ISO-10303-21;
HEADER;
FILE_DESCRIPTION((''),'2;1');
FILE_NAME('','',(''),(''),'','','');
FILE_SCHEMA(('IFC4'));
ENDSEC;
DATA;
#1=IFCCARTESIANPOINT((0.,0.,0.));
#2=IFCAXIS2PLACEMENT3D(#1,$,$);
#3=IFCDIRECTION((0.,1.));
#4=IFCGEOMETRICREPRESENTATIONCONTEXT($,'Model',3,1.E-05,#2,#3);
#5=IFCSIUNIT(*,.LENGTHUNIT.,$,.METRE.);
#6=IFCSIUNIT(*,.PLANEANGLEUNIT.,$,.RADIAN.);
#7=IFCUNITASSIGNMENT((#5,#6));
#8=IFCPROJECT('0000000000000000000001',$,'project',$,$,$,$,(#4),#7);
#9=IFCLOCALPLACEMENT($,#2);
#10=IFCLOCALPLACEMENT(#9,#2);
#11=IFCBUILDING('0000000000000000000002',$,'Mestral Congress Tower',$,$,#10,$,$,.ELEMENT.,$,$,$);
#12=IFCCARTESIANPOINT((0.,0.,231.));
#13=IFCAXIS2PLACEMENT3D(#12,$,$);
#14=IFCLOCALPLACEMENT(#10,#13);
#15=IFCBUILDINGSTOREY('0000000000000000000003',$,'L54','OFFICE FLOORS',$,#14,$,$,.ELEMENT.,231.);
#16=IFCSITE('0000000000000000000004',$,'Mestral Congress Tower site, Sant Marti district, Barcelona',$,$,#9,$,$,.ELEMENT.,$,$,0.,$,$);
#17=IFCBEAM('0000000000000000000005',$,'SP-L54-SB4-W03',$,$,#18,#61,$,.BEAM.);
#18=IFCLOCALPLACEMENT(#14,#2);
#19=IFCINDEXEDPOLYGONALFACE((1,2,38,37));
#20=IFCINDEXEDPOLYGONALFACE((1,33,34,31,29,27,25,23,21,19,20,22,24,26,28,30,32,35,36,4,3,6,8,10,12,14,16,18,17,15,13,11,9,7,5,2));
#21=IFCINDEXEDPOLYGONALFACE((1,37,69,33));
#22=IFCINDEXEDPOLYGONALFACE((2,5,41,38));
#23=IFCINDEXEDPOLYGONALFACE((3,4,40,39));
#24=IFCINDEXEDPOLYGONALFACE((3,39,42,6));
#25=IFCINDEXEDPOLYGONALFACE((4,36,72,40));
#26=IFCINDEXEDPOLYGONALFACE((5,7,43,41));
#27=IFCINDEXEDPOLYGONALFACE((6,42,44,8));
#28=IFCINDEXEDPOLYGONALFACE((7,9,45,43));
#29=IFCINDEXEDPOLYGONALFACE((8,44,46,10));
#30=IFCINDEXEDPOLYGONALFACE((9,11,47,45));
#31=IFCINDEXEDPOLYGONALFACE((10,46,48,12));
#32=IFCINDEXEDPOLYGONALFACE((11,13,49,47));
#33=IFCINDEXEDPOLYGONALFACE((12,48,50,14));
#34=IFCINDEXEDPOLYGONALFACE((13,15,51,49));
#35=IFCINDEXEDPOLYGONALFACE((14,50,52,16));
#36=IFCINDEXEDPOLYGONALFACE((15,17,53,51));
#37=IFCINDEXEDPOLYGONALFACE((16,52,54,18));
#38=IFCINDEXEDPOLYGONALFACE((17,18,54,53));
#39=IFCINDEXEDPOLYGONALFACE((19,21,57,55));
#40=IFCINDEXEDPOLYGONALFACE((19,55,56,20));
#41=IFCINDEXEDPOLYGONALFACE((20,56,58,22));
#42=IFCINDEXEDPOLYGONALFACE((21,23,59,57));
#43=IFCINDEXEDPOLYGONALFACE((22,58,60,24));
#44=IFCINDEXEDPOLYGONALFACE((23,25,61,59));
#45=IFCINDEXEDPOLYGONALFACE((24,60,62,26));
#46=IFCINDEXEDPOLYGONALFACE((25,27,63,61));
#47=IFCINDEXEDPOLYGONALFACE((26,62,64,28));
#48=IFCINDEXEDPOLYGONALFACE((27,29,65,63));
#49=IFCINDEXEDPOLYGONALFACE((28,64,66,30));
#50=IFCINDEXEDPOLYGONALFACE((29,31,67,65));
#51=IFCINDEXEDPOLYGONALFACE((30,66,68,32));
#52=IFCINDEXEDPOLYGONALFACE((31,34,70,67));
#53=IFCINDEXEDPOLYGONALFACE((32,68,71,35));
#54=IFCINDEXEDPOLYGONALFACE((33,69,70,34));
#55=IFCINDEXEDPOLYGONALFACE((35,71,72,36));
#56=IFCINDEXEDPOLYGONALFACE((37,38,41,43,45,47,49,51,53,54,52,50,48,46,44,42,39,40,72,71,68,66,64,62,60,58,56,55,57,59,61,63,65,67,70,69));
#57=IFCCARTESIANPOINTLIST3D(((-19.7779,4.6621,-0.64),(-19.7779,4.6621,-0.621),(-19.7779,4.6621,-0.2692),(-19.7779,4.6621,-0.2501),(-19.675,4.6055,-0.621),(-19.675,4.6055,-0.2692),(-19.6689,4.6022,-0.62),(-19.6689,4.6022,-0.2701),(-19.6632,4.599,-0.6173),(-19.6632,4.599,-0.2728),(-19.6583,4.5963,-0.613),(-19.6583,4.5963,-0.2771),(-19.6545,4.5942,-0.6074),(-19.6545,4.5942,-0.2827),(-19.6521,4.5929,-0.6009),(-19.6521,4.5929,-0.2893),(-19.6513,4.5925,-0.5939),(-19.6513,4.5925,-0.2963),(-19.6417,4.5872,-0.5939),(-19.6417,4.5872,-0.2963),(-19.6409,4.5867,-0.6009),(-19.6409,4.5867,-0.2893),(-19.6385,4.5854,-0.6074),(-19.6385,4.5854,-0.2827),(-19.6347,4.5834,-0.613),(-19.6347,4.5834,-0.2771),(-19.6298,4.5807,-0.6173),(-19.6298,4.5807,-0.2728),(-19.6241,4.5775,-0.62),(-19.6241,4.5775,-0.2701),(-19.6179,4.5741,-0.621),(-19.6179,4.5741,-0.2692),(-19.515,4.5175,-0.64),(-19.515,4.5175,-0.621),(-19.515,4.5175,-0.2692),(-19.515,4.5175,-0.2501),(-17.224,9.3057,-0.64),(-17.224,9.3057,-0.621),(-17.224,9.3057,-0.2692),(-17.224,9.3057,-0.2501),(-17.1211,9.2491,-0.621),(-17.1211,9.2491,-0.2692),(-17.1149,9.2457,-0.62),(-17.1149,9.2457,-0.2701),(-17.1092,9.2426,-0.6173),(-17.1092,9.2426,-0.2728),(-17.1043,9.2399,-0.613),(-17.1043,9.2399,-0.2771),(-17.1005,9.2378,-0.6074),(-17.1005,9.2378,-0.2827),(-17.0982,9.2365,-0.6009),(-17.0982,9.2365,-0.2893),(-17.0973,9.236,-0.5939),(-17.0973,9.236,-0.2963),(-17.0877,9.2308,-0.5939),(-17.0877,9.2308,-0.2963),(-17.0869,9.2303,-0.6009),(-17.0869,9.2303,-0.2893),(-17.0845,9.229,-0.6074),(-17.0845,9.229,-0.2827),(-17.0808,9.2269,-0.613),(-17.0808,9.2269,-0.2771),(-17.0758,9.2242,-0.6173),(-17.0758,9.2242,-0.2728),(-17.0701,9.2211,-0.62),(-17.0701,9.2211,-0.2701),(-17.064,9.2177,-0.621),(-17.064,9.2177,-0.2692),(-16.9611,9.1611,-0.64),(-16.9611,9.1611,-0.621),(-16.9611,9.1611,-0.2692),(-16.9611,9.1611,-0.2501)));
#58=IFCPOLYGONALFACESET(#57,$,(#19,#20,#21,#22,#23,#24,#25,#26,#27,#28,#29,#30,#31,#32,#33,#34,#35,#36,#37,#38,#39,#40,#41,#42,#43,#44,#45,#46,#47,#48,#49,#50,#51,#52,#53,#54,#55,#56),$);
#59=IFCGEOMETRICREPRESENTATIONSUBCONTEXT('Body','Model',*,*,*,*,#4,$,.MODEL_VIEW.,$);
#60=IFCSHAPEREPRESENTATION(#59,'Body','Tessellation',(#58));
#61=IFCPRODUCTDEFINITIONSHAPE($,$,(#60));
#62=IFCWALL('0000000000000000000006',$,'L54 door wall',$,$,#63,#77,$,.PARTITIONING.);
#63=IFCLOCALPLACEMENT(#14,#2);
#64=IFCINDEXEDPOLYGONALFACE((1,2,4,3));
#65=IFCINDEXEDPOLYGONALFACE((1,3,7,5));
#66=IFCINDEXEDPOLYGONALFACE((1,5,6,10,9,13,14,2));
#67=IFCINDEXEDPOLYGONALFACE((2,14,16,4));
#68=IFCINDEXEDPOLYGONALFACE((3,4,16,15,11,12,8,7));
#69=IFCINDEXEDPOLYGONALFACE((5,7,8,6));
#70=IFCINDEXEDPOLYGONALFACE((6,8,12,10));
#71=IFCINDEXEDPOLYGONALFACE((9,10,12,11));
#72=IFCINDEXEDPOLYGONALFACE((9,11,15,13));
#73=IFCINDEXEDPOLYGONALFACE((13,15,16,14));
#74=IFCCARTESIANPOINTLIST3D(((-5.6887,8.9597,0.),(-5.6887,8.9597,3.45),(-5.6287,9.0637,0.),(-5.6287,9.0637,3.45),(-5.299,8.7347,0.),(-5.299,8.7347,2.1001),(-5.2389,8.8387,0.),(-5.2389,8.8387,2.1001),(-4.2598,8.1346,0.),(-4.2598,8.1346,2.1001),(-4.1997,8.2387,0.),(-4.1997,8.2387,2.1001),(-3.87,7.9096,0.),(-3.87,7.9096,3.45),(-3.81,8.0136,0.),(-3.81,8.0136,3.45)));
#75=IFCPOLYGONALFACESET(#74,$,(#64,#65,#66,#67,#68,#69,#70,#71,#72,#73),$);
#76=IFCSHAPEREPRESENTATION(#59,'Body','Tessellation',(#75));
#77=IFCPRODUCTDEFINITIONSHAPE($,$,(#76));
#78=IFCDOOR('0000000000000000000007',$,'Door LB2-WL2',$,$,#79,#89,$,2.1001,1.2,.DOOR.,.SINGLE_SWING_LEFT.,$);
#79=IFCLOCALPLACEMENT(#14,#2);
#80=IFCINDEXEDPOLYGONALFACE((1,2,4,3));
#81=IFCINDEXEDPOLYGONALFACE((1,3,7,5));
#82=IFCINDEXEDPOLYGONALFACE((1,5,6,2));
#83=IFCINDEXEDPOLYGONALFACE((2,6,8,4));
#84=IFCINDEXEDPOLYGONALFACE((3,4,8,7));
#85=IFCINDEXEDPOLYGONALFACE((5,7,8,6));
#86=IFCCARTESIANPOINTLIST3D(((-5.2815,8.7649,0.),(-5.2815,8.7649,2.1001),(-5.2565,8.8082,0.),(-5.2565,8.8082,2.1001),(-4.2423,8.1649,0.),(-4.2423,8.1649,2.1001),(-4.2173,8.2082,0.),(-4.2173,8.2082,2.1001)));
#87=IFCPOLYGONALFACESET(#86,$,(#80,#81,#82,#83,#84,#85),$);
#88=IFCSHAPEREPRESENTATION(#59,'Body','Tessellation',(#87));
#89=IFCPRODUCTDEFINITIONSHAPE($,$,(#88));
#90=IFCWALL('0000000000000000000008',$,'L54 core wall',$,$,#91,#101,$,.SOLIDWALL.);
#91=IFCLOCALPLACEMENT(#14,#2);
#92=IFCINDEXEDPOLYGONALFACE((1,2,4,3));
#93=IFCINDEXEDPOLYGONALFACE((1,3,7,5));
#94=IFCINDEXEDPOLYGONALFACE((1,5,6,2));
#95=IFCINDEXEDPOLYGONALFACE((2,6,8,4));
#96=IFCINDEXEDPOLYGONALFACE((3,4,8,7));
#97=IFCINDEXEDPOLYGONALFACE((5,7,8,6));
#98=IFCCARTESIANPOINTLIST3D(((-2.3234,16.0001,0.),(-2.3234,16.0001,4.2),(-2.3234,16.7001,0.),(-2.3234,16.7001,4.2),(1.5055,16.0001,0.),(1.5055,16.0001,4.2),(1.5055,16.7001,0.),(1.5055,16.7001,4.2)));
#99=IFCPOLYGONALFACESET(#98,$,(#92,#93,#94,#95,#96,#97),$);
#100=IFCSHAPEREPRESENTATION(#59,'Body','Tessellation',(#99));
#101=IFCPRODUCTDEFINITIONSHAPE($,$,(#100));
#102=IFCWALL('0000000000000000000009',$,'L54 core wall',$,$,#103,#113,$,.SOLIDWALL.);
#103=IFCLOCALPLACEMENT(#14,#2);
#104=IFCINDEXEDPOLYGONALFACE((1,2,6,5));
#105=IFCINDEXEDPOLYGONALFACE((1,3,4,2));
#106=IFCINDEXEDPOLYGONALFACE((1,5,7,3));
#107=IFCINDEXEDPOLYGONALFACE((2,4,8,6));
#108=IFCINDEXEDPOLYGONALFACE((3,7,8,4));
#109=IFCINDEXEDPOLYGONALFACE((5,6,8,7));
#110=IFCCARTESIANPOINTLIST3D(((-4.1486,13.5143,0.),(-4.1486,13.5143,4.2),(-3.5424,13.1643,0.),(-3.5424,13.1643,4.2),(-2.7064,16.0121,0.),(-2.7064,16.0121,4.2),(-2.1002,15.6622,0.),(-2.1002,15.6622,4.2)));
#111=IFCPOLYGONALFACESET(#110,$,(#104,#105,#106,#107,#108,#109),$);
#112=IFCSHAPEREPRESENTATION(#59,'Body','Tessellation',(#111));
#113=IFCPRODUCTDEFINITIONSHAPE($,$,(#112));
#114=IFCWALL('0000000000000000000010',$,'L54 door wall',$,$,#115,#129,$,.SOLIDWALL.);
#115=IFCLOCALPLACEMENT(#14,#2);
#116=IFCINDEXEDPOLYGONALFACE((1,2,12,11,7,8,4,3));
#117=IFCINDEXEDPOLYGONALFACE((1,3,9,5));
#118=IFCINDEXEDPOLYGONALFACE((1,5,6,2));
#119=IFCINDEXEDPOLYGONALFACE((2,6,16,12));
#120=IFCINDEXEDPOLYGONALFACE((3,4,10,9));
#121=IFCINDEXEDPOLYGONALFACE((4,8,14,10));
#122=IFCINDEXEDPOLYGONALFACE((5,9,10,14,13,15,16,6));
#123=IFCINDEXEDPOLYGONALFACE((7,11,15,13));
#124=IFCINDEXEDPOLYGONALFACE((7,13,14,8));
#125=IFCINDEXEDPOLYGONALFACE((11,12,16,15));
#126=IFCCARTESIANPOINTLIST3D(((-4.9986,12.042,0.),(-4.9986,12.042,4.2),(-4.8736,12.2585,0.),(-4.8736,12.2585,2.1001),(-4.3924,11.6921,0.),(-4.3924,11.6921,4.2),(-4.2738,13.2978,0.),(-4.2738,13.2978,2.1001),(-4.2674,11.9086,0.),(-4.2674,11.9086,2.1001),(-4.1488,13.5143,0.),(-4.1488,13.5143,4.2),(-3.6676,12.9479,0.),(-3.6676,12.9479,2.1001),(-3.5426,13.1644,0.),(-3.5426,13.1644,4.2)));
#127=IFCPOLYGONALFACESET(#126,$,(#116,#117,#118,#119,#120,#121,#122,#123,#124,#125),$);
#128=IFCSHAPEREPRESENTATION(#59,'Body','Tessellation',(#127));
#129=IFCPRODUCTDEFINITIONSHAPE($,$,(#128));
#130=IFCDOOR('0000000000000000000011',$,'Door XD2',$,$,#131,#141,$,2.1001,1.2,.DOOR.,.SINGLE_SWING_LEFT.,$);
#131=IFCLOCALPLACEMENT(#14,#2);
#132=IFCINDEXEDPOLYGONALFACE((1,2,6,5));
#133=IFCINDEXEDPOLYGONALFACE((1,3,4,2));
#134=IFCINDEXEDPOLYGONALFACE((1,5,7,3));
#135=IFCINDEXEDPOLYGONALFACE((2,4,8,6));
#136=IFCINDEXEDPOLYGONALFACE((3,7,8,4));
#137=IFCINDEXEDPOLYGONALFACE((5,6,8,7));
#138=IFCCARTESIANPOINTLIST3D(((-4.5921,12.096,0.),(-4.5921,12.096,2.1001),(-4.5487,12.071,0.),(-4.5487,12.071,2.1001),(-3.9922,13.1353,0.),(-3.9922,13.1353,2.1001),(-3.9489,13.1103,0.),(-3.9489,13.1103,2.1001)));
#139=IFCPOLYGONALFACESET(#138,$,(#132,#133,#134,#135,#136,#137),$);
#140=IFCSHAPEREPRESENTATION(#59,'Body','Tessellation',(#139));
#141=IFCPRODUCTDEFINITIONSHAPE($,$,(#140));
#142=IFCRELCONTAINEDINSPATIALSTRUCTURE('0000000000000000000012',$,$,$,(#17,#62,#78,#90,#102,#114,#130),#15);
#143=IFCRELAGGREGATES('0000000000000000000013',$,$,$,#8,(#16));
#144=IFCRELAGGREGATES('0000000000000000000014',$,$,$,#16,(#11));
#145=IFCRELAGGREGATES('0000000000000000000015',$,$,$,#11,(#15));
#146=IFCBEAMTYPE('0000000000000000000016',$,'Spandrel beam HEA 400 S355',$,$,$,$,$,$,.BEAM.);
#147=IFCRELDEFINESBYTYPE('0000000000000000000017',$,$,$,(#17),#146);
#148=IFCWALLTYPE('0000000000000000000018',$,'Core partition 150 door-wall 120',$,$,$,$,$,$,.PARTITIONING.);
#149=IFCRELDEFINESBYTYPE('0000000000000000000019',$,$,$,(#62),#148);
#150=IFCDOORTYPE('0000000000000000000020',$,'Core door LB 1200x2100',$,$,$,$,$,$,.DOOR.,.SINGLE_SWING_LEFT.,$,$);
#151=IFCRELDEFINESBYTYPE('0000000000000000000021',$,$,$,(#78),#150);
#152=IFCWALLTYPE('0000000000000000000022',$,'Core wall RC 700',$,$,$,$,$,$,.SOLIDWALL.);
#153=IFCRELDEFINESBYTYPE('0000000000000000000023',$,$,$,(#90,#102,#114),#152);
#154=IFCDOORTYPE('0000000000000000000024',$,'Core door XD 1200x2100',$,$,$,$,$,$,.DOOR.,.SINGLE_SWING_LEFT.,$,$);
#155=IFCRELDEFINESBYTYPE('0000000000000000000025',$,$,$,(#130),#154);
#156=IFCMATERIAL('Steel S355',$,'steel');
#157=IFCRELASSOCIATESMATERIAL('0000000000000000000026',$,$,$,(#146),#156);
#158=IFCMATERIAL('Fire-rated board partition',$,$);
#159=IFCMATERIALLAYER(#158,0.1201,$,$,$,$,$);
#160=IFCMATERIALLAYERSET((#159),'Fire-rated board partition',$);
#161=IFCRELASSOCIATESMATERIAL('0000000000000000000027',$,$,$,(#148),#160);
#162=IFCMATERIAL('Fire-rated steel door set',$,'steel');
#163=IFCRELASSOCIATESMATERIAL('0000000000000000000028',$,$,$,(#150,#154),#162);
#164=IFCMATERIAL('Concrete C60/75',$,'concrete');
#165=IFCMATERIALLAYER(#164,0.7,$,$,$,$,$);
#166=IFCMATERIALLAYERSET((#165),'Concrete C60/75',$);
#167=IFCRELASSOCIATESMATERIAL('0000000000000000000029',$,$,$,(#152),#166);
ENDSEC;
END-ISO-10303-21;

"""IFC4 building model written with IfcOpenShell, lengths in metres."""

from ifc_helpers import new_model, si_unit, direction, frame, frame_2d, origin, origin_2d, place, context, subcontext, project, spatial, rectangle, i_section, extrude, material, layer, layer_set, material_profile, profile_set, type_object, element, fill, save


model = new_model("IFC4")

# Units and contexts
model_context = context("Model", 3, precision=1e-05, world=origin(), true_north=direction((0.0, 1.0)))
body_context = subcontext(model_context, "Body", "Model", "MODEL_VIEW")
ifc_project = project(units=[si_unit("LENGTHUNIT", "METRE"), si_unit("PLANEANGLEUNIT", "RADIAN")], contexts=[model_context])

# Site, building, storey
site_placement = place(None, origin())
site = spatial("IfcSite", under=ifc_project, at=site_placement, Name="Mestral Congress Tower site, Sant Marti district, Barcelona", CompositionType="ELEMENT", RefElevation=0.0)
building_placement = place(site_placement, origin())
building = spatial("IfcBuilding", under=site, at=building_placement, Name="Mestral Congress Tower", CompositionType="ELEMENT")
storey_placement = place(building_placement, frame((0.0, 0.0, 231.0)))
storey = spatial("IfcBuildingStorey", under=building, at=storey_placement, Name="L54", Description="OFFICE FLOORS", CompositionType="ELEMENT", Elevation=231.0)

# Shared definitions
ifc_material_1 = material(Name="Concrete C60/75", Category="concrete")

# Beam
ifc_material_2 = material(Name="Steel S355", Category="steel")
ifc_material_profile_1 = material_profile(ifc_material_2, i_section(OverallWidth=0.3, OverallDepth=0.3899, WebThickness=0.011, FlangeThickness=0.019, FilletRadius=0.0271, at=origin_2d()), Name="HEA 400")
ifc_profile_set_1 = profile_set([ifc_material_profile_1], Name="Steel S355")
beam_type_1 = type_object("IfcBeamType", Name="Spandrel beam HEA 400 S355", PredefinedType="BEAM", material=ifc_profile_set_1)
beam_1_placement = place(storey_placement, frame((-17.0925, 9.2334, -0.4451), z_axis=(-0.481919, -0.876216, 0.0), x_axis=(0.876216, -0.481919, 0.0)))
element("IfcBeam", 1, at=beam_1_placement, inside=storey, type_object=beam_type_1, Name="SP-L54-SB4-W03", PredefinedType="BEAM", context=body_context, shape_type="SweptSolid", body=[
    extrude(i_section(OverallWidth=0.3, OverallDepth=0.3899, WebThickness=0.011, FlangeThickness=0.019, FilletRadius=0.0271, at=origin_2d()), origin(), (0.0, 0.0, 1.0), 5.2996),
])

# Wall, opening, door
ifc_material_3 = material(Name="Fire-rated board partition")
ifc_layer_1 = layer(ifc_material_3, 0.1201)
ifc_layer_set_1 = layer_set([ifc_layer_1], Name="Fire-rated board partition")
wall_type_1 = type_object("IfcWallType", Name="Core partition 150 door-wall 120", PredefinedType="PARTITIONING", material=ifc_layer_set_1)
wall_1_placement = place(storey_placement, frame((-5.6587, 9.0117, 0.0), z_axis=(0.0, 0.0, 1.0), x_axis=(0.866009, -0.500028, 0.0)))
wall_1 = element("IfcWall", 2, at=wall_1_placement, inside=storey, type_object=wall_type_1, Name="L54 door wall", PredefinedType="PARTITIONING", context=body_context, shape_type="SweptSolid", body=[
    extrude(rectangle(XDim=2.1001, YDim=0.1201, at=frame_2d((1.05, 0.0))), origin(), (0.0, 0.0, 1.0), 3.45),
])
opening_1_placement = place(wall_1_placement, frame((0.45, 0.0, 0.0)))
opening_1 = element("IfcOpeningElement", 3, at=opening_1_placement, cuts=wall_1, PredefinedType="OPENING", context=body_context, shape_type="SweptSolid", body=[
    extrude(rectangle(XDim=1.2, YDim=2.1001, at=frame_2d((0.6001, 1.05))), frame((0.0, 0.0701, 0.0), z_axis=(0.0, -1.0, 0.0), x_axis=(1.0, 0.0, 0.0)), (0.0, 0.0, 1.0), 0.1401),
])
ifc_material_4 = material(Name="Fire-rated steel door set", Category="steel")
door_type_1 = type_object("IfcDoorType", Name="Core door LB 1200x2100", OperationType="SINGLE_SWING_LEFT", PredefinedType="DOOR", material=ifc_material_4)
door_1_placement = place(opening_1_placement, origin())
door_1 = element("IfcDoor", 4, at=door_1_placement, inside=storey, type_object=door_type_1, Name="Door LB2-WL2", OperationType="SINGLE_SWING_LEFT", OverallHeight=2.1001, OverallWidth=1.2, PredefinedType="DOOR", context=body_context, shape_type="SweptSolid", body=[
    extrude(rectangle(XDim=1.2, YDim=2.1001, at=frame_2d((0.6001, 1.05))), frame((0.0, 0.0249, 0.0), z_axis=(0.0, -1.0, 0.0), x_axis=(1.0, 0.0, 0.0)), (0.0, 0.0, 1.0), 0.05),
])
fill(opening_1, door_1)

# Walls
ifc_layer_2 = layer(ifc_material_1, 0.7)
ifc_layer_set_2 = layer_set([ifc_layer_2], Name="Concrete C60/75")
wall_type_2 = type_object("IfcWallType", Name="Core wall RC 700", PredefinedType="SOLIDWALL", material=ifc_layer_set_2)
wall_2_placement = place(storey_placement, frame((-2.3235, 16.3501, 0.0), z_axis=(0.0, 0.0, 1.0), x_axis=(1.0, 0.0, 0.0)))
element("IfcWall", 5, at=wall_2_placement, inside=storey, type_object=wall_type_2, Name="L54 core wall", PredefinedType="SOLIDWALL", context=body_context, shape_type="SweptSolid", body=[
    extrude(rectangle(XDim=3.8289, YDim=0.7, at=frame_2d((1.9146, 0.0))), origin(), (0.0, 0.0, 1.0), 4.2),
])
wall_3_placement = place(storey_placement, frame((-2.4033, 15.8372, 0.0), z_axis=(0.0, 0.0, 1.0), x_axis=(-0.500008, -0.866021, 0.0)))
element("IfcWall", 6, at=wall_3_placement, inside=storey, type_object=wall_type_2, Name="L54 core wall", PredefinedType="SOLIDWALL", context=body_context, shape_type="SweptSolid", body=[
    extrude(rectangle(XDim=2.8843, YDim=0.7, at=frame_2d((1.4421, 0.0))), origin(), (0.0, 0.0, 1.0), 4.2),
])

# Wall, opening, door
wall_4_placement = place(storey_placement, frame((-4.6956, 11.8669, 0.0), z_axis=(0.0, 0.0, 1.0), x_axis=(0.499892, 0.866088, 0.0)))
wall_4 = element("IfcWall", 7, at=wall_4_placement, inside=storey, type_object=wall_type_2, Name="L54 door wall", PredefinedType="SOLIDWALL", context=body_context, shape_type="SweptSolid", body=[
    extrude(rectangle(XDim=1.7, YDim=0.7, at=frame_2d((0.8501, 0.0))), origin(), (0.0, 0.0, 1.0), 4.2),
])
opening_2_placement = place(wall_4_placement, frame((0.25, 0.0, 0.0)))
opening_2 = element("IfcOpeningElement", 8, at=opening_2_placement, cuts=wall_4, PredefinedType="OPENING", context=body_context, shape_type="SweptSolid", body=[
    extrude(rectangle(XDim=1.2, YDim=2.1001, at=frame_2d((0.6001, 1.05))), frame((0.0, 0.3599, 0.0), z_axis=(0.0, -1.0, 0.0), x_axis=(1.0, 0.0, 0.0)), (0.0, 0.0, 1.0), 0.72),
])
door_type_2 = type_object("IfcDoorType", Name="Core door XD 1200x2100", OperationType="SINGLE_SWING_LEFT", PredefinedType="DOOR", material=ifc_material_4)
door_2_placement = place(opening_2_placement, origin())
door_2 = element("IfcDoor", 9, at=door_2_placement, inside=storey, type_object=door_type_2, Name="Door XD2", OperationType="SINGLE_SWING_LEFT", OverallHeight=2.1001, OverallWidth=1.2, PredefinedType="DOOR", context=body_context, shape_type="SweptSolid", body=[
    extrude(rectangle(XDim=1.2, YDim=2.1001, at=frame_2d((0.6001, 1.05))), frame((0.0, 0.0249, 0.0), z_axis=(0.0, -1.0, 0.0), x_axis=(1.0, 0.0, 0.0)), (0.0, 0.0, 1.0), 0.05),
])
fill(opening_2, door_2)

save(model, "model.ifc")
